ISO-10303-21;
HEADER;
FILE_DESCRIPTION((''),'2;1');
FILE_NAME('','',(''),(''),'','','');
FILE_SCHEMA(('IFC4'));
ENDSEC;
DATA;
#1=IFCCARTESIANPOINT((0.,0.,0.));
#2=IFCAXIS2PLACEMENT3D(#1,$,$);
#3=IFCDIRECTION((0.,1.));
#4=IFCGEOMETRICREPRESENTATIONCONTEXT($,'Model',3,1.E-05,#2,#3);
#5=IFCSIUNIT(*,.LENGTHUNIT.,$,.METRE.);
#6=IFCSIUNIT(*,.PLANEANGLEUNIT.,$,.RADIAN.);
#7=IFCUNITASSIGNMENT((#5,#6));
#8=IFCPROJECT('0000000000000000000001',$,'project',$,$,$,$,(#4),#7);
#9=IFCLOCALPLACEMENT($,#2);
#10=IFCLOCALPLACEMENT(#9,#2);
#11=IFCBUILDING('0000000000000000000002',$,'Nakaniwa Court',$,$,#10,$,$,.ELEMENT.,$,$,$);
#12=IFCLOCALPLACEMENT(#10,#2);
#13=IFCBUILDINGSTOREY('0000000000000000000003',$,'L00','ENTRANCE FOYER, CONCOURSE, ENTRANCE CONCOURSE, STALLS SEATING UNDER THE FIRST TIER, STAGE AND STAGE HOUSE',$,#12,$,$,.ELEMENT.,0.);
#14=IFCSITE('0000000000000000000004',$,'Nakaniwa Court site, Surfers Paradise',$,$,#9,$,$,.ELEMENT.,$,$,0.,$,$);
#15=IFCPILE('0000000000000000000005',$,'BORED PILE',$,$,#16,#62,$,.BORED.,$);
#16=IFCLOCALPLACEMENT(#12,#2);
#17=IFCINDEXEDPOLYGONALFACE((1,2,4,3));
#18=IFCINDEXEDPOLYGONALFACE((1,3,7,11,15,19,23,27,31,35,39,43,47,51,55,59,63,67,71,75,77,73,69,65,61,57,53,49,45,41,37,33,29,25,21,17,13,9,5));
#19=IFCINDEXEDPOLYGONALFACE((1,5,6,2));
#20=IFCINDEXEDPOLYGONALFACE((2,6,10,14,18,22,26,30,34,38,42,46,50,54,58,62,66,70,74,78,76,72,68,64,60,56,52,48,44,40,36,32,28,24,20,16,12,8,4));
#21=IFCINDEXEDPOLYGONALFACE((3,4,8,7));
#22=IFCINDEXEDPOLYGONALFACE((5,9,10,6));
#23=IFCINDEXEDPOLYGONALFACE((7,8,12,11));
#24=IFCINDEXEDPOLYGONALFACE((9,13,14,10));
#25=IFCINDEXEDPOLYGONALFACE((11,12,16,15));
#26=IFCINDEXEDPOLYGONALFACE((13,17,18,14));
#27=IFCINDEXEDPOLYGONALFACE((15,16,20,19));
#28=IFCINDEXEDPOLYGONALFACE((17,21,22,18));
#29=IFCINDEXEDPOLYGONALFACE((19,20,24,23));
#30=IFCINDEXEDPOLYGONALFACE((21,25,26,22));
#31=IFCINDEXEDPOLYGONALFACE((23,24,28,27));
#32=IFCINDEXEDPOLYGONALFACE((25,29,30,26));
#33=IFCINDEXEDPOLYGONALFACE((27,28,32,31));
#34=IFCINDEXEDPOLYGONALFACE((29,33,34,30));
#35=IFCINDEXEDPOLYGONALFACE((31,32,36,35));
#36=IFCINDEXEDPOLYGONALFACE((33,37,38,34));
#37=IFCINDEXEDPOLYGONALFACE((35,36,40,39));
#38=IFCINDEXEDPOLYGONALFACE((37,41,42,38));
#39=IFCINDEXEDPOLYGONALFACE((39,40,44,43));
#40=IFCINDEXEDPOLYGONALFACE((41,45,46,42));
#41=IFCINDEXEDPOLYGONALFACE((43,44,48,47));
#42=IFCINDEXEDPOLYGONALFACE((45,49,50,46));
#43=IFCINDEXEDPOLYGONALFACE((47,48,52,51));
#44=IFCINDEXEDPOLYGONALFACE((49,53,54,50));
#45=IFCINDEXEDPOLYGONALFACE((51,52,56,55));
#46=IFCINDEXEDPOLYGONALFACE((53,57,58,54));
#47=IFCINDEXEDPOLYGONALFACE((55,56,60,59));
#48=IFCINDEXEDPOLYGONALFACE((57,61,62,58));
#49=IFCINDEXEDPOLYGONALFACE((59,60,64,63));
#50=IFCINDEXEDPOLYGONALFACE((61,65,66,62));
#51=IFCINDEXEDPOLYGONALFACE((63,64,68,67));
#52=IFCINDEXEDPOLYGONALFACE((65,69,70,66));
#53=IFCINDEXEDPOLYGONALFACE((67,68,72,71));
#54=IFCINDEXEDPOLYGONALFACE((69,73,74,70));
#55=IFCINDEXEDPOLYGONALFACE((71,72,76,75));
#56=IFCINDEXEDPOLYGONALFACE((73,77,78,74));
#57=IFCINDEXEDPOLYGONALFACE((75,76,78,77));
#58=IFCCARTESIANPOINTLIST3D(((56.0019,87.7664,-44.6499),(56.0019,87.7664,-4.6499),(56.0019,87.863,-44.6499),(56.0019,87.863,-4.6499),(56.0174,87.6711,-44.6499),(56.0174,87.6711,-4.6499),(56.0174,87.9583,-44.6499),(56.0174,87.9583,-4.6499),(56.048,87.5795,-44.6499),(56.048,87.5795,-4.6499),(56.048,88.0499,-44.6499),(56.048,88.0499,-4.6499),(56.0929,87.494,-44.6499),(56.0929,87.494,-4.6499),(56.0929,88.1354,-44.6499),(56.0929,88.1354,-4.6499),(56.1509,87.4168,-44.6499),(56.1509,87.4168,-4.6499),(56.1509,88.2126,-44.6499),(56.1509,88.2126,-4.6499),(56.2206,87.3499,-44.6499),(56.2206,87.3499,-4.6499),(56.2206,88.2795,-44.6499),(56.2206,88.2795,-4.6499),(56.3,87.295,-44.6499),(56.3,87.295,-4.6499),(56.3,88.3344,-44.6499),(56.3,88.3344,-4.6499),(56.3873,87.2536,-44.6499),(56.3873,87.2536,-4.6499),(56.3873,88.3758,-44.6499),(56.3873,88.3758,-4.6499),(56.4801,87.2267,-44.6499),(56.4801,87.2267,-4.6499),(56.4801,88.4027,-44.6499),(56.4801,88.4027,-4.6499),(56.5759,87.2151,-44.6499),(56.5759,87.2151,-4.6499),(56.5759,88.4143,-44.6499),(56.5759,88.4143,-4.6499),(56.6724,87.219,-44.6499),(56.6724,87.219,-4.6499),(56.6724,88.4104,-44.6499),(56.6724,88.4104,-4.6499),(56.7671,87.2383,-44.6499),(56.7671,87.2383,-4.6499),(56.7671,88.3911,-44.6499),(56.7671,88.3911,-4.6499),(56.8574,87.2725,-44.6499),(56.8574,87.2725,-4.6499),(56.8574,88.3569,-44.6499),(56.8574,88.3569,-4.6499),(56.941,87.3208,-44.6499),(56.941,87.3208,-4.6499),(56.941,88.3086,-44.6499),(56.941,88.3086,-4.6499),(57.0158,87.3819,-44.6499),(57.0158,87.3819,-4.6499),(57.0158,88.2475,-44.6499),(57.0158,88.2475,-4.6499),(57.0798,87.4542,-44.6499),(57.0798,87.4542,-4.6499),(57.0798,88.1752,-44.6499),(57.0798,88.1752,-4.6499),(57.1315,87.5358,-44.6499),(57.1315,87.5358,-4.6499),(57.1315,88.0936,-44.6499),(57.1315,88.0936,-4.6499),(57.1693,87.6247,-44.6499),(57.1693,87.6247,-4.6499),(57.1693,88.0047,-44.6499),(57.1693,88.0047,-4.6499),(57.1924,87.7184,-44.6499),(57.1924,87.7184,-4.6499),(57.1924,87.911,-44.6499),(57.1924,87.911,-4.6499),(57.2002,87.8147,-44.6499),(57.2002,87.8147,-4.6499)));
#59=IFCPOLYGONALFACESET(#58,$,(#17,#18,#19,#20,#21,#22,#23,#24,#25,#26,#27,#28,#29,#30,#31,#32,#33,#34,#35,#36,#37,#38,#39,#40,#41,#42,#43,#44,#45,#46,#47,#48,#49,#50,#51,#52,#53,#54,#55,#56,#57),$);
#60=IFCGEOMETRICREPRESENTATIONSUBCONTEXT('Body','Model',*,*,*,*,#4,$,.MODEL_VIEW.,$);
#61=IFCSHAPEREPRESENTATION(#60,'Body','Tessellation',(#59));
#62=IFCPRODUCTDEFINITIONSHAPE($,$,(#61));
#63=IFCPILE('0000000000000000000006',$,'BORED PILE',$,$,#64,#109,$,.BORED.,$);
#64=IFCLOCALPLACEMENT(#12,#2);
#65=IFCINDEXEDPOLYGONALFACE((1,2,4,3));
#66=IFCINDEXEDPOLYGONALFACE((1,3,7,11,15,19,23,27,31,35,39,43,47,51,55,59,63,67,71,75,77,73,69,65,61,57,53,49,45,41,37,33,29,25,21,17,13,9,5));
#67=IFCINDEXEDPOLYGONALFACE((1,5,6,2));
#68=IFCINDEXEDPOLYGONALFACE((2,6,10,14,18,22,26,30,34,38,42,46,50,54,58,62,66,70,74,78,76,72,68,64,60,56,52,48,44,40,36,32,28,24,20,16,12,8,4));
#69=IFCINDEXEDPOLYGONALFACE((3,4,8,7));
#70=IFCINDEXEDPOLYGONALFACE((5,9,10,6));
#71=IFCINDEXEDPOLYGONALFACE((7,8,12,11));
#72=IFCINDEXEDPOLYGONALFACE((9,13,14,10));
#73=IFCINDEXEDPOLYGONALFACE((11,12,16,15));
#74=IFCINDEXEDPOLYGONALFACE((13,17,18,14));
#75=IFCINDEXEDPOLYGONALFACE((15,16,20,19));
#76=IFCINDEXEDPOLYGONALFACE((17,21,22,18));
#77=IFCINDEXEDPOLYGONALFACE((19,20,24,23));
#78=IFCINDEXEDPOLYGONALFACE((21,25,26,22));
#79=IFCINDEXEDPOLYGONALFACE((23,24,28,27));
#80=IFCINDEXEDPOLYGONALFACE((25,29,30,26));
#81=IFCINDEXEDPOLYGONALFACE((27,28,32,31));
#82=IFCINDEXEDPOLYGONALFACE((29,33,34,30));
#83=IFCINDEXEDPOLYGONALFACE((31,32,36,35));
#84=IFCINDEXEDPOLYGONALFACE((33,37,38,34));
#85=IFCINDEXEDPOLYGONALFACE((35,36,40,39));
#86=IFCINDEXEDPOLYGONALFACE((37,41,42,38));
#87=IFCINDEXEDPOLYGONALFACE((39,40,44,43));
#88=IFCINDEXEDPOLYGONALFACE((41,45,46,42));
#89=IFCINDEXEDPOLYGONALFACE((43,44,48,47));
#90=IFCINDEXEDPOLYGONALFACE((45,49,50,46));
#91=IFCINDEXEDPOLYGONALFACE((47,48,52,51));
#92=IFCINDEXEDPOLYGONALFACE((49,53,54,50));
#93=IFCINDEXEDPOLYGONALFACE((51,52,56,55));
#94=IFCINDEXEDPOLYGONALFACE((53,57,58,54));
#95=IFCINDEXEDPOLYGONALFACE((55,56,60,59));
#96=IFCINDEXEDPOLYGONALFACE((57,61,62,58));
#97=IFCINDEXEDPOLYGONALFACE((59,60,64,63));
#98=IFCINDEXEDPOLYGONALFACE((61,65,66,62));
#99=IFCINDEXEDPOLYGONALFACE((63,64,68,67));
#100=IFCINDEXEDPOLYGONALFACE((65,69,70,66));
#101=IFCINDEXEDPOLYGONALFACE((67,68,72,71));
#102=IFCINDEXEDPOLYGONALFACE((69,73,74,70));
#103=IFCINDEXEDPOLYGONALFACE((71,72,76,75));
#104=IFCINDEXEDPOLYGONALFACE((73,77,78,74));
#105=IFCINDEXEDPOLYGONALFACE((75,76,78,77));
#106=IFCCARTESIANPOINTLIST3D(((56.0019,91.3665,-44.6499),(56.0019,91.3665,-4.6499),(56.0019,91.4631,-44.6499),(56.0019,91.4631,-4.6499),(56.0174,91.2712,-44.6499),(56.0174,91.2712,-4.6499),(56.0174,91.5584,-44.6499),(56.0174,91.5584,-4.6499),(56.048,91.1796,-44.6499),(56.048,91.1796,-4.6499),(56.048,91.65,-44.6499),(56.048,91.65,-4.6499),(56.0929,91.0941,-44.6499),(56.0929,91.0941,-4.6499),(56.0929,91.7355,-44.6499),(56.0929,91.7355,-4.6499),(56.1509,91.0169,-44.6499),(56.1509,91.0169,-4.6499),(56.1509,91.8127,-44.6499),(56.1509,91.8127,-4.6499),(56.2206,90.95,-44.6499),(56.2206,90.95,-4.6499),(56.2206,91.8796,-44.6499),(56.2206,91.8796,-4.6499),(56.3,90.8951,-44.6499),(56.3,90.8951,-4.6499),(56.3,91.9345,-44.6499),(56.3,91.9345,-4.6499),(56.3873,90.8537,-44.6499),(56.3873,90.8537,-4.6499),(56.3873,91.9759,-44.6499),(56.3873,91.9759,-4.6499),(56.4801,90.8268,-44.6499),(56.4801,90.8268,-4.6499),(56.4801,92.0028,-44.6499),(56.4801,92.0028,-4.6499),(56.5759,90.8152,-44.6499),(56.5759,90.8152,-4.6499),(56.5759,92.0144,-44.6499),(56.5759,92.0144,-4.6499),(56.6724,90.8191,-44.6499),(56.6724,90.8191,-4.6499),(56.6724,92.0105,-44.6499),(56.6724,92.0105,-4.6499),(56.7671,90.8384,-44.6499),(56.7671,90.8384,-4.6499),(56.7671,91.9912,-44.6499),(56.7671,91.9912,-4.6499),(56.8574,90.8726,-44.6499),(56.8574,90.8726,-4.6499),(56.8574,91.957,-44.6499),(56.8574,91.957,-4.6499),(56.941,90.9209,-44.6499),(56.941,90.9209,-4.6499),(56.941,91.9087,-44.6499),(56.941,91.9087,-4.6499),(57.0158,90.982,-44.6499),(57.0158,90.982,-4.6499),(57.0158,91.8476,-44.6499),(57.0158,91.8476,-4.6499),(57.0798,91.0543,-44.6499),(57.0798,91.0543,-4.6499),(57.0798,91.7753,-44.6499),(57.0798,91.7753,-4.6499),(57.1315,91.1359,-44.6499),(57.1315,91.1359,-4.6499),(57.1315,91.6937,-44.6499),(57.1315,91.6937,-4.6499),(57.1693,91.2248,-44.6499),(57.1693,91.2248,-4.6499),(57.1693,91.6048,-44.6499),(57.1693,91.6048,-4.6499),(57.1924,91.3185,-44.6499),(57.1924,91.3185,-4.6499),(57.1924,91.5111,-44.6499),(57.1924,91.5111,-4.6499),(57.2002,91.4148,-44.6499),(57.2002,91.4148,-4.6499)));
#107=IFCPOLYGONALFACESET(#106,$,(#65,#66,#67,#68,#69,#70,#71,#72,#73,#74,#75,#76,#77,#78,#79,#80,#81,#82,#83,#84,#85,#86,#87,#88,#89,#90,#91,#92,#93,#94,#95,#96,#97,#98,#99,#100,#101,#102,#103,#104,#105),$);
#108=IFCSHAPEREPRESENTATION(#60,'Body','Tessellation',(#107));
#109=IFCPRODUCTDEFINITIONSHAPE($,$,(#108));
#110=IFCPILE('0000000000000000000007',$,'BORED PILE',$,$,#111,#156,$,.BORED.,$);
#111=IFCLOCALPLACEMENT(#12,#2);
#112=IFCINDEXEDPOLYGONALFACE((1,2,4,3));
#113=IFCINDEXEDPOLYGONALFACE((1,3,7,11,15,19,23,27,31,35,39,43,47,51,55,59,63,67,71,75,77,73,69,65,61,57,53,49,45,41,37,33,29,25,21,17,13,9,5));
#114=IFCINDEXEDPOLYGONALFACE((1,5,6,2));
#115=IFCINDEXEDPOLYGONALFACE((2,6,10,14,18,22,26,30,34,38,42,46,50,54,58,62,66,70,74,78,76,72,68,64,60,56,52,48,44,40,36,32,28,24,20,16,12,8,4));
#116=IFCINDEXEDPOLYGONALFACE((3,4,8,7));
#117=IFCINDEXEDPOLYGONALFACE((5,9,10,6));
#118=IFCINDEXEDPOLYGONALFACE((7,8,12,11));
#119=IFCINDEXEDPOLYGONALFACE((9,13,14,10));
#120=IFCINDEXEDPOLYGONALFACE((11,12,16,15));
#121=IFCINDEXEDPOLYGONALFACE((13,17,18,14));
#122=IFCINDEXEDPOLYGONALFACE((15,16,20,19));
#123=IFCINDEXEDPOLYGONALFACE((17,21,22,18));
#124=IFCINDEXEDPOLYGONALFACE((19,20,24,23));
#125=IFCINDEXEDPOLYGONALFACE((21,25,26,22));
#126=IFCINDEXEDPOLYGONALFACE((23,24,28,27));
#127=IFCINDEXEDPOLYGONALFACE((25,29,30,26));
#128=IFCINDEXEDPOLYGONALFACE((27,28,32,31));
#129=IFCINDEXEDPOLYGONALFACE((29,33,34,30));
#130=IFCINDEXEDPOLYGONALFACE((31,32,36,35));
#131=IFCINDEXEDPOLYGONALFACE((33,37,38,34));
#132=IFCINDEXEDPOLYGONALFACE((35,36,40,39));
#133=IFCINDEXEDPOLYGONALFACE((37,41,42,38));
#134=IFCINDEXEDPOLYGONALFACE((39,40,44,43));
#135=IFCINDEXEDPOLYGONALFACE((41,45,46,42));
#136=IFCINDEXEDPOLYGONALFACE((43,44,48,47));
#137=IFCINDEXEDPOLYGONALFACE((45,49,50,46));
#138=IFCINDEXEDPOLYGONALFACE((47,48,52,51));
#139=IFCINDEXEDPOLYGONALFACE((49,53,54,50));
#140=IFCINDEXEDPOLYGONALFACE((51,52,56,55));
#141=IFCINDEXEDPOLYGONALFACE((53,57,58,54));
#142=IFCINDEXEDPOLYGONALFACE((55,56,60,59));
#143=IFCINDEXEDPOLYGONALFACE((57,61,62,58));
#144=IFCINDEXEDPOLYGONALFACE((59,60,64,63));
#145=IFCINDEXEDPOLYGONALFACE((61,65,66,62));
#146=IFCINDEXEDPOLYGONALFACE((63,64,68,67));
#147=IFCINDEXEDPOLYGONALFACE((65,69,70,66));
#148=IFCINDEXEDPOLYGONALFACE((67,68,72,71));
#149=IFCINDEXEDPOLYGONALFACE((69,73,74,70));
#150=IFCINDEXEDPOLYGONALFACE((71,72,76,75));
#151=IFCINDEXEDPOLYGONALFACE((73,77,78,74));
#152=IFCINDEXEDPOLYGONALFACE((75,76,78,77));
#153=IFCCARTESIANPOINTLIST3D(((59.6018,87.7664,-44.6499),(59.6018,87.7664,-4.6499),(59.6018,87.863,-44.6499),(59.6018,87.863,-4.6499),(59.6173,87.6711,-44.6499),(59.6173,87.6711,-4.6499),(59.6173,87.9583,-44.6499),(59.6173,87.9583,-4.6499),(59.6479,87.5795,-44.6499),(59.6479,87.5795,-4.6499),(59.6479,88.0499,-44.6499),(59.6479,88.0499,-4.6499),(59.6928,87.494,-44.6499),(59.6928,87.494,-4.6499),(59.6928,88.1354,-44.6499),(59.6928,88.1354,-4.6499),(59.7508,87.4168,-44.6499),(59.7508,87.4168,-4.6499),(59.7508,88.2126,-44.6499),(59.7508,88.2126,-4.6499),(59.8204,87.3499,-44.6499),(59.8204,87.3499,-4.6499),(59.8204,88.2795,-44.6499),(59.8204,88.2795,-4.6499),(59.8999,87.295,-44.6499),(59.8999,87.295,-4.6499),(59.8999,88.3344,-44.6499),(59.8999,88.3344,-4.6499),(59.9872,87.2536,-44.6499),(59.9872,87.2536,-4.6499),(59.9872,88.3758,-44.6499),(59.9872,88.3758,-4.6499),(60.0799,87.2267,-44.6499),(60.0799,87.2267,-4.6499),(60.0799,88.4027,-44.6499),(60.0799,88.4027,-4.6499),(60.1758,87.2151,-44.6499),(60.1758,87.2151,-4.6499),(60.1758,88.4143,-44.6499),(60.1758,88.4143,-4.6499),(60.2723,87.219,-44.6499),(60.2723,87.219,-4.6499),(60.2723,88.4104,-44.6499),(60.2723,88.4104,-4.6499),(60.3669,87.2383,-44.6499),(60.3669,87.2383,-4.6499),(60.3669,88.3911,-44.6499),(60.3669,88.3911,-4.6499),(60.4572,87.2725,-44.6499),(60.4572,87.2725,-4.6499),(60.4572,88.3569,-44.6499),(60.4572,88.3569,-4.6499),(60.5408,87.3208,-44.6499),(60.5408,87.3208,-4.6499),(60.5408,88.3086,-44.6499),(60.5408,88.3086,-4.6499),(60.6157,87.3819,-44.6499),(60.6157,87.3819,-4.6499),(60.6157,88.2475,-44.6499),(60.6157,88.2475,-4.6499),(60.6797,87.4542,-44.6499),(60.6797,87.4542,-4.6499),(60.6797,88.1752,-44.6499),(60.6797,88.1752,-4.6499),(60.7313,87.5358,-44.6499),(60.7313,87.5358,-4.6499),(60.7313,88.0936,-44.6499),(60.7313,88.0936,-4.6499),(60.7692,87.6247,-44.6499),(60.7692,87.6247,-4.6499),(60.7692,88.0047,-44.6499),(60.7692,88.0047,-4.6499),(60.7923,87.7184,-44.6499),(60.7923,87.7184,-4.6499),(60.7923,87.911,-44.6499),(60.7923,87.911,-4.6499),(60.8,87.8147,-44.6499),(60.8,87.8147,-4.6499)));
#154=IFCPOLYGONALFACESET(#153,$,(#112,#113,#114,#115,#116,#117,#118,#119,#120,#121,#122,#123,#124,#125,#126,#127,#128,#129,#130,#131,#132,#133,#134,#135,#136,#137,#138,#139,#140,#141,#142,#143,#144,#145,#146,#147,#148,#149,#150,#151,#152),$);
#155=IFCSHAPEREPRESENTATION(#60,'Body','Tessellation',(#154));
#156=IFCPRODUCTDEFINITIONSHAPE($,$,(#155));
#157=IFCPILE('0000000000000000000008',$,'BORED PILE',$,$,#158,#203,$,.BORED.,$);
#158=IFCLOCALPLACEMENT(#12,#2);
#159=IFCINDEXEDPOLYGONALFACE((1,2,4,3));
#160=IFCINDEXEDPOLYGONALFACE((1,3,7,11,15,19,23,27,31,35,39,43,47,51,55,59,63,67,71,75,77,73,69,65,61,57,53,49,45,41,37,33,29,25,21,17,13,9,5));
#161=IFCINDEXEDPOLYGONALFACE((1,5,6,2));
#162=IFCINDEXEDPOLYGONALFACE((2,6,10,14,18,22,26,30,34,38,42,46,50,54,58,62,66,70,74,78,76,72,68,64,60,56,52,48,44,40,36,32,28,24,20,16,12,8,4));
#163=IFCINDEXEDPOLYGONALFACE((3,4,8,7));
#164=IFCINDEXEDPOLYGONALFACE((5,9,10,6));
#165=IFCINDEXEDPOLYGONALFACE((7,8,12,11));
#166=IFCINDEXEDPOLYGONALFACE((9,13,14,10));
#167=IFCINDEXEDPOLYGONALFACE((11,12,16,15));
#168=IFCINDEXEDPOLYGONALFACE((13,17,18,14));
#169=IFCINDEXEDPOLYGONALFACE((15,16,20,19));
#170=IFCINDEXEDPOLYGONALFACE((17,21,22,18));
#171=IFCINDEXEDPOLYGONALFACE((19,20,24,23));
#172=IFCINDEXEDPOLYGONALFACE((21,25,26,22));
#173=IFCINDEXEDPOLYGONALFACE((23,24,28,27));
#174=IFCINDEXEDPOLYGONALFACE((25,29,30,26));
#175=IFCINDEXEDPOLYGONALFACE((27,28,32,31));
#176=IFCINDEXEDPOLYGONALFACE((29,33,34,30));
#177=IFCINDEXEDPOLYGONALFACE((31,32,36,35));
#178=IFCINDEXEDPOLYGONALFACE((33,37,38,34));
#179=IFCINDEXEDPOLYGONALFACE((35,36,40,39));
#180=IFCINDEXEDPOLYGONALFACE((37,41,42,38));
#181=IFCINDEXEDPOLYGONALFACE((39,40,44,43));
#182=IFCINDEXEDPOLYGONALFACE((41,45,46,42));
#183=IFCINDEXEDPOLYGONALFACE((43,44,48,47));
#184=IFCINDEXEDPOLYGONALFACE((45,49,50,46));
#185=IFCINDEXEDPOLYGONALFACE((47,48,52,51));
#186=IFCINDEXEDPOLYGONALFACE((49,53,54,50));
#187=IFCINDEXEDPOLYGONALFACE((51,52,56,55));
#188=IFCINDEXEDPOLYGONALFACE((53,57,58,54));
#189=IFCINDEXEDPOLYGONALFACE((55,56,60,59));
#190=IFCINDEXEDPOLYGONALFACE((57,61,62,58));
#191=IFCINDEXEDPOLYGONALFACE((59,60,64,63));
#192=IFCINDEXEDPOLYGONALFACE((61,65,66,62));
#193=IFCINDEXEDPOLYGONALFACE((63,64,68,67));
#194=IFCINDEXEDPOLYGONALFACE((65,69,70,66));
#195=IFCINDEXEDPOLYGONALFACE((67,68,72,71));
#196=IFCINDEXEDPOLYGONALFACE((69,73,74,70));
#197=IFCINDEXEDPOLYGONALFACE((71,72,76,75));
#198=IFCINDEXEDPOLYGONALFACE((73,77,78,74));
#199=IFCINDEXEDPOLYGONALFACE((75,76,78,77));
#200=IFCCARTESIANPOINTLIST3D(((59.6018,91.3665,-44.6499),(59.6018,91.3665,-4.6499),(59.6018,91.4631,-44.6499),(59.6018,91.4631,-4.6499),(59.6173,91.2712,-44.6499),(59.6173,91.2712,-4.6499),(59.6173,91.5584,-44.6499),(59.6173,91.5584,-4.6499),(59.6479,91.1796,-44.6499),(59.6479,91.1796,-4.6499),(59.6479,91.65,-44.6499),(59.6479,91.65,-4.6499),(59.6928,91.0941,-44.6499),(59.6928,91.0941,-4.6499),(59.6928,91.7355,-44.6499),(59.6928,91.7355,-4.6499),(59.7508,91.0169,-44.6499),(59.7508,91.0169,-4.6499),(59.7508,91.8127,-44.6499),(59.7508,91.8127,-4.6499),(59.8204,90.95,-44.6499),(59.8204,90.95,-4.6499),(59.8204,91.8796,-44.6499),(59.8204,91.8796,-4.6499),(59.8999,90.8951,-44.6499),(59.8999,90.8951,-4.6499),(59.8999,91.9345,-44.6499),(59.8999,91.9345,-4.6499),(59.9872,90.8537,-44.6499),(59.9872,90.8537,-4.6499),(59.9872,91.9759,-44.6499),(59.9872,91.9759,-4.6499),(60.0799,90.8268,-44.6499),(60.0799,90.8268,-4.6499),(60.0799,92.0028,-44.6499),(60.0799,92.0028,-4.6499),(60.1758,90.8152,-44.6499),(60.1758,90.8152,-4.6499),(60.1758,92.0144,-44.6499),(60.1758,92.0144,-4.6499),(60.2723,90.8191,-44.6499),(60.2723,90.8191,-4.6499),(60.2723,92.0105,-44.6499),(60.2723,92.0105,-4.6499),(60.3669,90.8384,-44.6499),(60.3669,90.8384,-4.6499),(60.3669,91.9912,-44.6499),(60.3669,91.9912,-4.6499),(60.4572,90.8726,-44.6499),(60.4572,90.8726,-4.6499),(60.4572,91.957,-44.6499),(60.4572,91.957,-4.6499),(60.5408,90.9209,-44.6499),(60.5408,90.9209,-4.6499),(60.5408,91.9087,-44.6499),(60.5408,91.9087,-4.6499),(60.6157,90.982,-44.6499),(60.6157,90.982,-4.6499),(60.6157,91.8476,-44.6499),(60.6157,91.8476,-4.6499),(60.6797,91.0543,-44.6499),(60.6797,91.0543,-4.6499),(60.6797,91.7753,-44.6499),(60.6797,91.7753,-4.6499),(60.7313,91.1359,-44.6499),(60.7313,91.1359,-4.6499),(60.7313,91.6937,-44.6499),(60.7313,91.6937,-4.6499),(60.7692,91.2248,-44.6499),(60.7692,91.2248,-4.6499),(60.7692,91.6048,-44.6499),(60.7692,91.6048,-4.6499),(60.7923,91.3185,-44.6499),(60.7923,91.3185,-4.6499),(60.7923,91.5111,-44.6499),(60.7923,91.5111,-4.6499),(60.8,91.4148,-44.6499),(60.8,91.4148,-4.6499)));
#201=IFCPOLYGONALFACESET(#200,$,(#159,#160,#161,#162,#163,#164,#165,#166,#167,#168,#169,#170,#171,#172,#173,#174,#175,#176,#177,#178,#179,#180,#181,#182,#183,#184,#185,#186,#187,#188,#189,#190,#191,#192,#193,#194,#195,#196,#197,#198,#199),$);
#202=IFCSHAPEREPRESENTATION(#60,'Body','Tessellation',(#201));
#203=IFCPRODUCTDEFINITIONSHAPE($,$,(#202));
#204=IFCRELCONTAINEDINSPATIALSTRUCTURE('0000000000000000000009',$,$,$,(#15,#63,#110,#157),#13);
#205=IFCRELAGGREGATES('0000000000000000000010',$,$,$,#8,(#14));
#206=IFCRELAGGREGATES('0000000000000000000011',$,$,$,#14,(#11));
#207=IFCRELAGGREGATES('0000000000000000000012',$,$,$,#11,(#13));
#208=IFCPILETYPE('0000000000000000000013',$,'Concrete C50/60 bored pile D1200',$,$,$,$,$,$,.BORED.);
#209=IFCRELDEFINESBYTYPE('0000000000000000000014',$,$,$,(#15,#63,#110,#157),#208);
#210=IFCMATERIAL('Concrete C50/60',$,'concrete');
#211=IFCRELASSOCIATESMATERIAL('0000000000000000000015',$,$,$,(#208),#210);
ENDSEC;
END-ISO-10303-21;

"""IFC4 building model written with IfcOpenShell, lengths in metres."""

from ifc_helpers import new_model, si_unit, direction, frame, origin, origin_2d, place, context, subcontext, project, spatial, circle, extrude, material, material_profile, profile_set, type_object, element, save


model = new_model("IFC4")

# Units and contexts
model_context = context("Model", 3, precision=1e-05, world=origin(), true_north=direction((0.0, 1.0)))
body_context = subcontext(model_context, "Body", "Model", "MODEL_VIEW")
ifc_project = project(units=[si_unit("LENGTHUNIT", "METRE"), si_unit("PLANEANGLEUNIT", "RADIAN")], contexts=[model_context])

# Site, building, storey
site_placement = place(None, origin())
site = spatial("IfcSite", under=ifc_project, at=site_placement, Name="Nakaniwa Court site, Surfers Paradise", CompositionType="ELEMENT", RefElevation=0.0)
building_placement = place(site_placement, origin())
building = spatial("IfcBuilding", under=site, at=building_placement, Name="Nakaniwa Court", CompositionType="ELEMENT")
storey_placement = place(building_placement, origin())
storey = spatial("IfcBuildingStorey", under=building, at=storey_placement, Name="L00", Description="ENTRANCE FOYER, CONCOURSE, ENTRANCE CONCOURSE, STALLS SEATING UNDER THE FIRST TIER, STAGE AND STAGE HOUSE", CompositionType="ELEMENT", Elevation=0.0)

# Piles
ifc_material_1 = material(Name="Concrete C50/60", Category="concrete")
ifc_material_profile_1 = material_profile(ifc_material_1, circle(Radius=0.6001, at=origin_2d()), Name="Concrete C50/60 bored pile D1200")
ifc_profile_set_1 = profile_set([ifc_material_profile_1], Name="Concrete C50/60")
pile_type = type_object("IfcPileType", Name="Concrete C50/60 bored pile D1200", PredefinedType="BORED", material=ifc_profile_set_1)
for number, where, z_axis, x_axis, name in (
    (1, (56.6001, 87.8147, -4.6499), (0.0, 0.0, -1.0), (1.0, 0.0, 0.0), "BORED PILE"),
    (2, (56.6001, 91.4148, -4.6499), (0.0, 0.0, -1.0), (1.0, 0.0, 0.0), "BORED PILE"),
    (3, (60.2, 87.8147, -4.6499), (0.0, 0.0, -1.0), (1.0, 0.0, 0.0), "BORED PILE"),
    (4, (60.2, 91.4148, -4.6499), (0.0, 0.0, -1.0), (1.0, 0.0, 0.0), "BORED PILE"),
):
    element("IfcPile", number, at=place(storey_placement, frame(where, z_axis=z_axis, x_axis=x_axis)), inside=storey, type_object=pile_type, Name=name, PredefinedType="BORED", context=body_context, shape_type="SweptSolid", body=[
        extrude(circle(Radius=0.6001, at=origin_2d()), origin(), (0.0, 0.0, 1.0), 40.0),
    ])

save(model, "model.ifc")
